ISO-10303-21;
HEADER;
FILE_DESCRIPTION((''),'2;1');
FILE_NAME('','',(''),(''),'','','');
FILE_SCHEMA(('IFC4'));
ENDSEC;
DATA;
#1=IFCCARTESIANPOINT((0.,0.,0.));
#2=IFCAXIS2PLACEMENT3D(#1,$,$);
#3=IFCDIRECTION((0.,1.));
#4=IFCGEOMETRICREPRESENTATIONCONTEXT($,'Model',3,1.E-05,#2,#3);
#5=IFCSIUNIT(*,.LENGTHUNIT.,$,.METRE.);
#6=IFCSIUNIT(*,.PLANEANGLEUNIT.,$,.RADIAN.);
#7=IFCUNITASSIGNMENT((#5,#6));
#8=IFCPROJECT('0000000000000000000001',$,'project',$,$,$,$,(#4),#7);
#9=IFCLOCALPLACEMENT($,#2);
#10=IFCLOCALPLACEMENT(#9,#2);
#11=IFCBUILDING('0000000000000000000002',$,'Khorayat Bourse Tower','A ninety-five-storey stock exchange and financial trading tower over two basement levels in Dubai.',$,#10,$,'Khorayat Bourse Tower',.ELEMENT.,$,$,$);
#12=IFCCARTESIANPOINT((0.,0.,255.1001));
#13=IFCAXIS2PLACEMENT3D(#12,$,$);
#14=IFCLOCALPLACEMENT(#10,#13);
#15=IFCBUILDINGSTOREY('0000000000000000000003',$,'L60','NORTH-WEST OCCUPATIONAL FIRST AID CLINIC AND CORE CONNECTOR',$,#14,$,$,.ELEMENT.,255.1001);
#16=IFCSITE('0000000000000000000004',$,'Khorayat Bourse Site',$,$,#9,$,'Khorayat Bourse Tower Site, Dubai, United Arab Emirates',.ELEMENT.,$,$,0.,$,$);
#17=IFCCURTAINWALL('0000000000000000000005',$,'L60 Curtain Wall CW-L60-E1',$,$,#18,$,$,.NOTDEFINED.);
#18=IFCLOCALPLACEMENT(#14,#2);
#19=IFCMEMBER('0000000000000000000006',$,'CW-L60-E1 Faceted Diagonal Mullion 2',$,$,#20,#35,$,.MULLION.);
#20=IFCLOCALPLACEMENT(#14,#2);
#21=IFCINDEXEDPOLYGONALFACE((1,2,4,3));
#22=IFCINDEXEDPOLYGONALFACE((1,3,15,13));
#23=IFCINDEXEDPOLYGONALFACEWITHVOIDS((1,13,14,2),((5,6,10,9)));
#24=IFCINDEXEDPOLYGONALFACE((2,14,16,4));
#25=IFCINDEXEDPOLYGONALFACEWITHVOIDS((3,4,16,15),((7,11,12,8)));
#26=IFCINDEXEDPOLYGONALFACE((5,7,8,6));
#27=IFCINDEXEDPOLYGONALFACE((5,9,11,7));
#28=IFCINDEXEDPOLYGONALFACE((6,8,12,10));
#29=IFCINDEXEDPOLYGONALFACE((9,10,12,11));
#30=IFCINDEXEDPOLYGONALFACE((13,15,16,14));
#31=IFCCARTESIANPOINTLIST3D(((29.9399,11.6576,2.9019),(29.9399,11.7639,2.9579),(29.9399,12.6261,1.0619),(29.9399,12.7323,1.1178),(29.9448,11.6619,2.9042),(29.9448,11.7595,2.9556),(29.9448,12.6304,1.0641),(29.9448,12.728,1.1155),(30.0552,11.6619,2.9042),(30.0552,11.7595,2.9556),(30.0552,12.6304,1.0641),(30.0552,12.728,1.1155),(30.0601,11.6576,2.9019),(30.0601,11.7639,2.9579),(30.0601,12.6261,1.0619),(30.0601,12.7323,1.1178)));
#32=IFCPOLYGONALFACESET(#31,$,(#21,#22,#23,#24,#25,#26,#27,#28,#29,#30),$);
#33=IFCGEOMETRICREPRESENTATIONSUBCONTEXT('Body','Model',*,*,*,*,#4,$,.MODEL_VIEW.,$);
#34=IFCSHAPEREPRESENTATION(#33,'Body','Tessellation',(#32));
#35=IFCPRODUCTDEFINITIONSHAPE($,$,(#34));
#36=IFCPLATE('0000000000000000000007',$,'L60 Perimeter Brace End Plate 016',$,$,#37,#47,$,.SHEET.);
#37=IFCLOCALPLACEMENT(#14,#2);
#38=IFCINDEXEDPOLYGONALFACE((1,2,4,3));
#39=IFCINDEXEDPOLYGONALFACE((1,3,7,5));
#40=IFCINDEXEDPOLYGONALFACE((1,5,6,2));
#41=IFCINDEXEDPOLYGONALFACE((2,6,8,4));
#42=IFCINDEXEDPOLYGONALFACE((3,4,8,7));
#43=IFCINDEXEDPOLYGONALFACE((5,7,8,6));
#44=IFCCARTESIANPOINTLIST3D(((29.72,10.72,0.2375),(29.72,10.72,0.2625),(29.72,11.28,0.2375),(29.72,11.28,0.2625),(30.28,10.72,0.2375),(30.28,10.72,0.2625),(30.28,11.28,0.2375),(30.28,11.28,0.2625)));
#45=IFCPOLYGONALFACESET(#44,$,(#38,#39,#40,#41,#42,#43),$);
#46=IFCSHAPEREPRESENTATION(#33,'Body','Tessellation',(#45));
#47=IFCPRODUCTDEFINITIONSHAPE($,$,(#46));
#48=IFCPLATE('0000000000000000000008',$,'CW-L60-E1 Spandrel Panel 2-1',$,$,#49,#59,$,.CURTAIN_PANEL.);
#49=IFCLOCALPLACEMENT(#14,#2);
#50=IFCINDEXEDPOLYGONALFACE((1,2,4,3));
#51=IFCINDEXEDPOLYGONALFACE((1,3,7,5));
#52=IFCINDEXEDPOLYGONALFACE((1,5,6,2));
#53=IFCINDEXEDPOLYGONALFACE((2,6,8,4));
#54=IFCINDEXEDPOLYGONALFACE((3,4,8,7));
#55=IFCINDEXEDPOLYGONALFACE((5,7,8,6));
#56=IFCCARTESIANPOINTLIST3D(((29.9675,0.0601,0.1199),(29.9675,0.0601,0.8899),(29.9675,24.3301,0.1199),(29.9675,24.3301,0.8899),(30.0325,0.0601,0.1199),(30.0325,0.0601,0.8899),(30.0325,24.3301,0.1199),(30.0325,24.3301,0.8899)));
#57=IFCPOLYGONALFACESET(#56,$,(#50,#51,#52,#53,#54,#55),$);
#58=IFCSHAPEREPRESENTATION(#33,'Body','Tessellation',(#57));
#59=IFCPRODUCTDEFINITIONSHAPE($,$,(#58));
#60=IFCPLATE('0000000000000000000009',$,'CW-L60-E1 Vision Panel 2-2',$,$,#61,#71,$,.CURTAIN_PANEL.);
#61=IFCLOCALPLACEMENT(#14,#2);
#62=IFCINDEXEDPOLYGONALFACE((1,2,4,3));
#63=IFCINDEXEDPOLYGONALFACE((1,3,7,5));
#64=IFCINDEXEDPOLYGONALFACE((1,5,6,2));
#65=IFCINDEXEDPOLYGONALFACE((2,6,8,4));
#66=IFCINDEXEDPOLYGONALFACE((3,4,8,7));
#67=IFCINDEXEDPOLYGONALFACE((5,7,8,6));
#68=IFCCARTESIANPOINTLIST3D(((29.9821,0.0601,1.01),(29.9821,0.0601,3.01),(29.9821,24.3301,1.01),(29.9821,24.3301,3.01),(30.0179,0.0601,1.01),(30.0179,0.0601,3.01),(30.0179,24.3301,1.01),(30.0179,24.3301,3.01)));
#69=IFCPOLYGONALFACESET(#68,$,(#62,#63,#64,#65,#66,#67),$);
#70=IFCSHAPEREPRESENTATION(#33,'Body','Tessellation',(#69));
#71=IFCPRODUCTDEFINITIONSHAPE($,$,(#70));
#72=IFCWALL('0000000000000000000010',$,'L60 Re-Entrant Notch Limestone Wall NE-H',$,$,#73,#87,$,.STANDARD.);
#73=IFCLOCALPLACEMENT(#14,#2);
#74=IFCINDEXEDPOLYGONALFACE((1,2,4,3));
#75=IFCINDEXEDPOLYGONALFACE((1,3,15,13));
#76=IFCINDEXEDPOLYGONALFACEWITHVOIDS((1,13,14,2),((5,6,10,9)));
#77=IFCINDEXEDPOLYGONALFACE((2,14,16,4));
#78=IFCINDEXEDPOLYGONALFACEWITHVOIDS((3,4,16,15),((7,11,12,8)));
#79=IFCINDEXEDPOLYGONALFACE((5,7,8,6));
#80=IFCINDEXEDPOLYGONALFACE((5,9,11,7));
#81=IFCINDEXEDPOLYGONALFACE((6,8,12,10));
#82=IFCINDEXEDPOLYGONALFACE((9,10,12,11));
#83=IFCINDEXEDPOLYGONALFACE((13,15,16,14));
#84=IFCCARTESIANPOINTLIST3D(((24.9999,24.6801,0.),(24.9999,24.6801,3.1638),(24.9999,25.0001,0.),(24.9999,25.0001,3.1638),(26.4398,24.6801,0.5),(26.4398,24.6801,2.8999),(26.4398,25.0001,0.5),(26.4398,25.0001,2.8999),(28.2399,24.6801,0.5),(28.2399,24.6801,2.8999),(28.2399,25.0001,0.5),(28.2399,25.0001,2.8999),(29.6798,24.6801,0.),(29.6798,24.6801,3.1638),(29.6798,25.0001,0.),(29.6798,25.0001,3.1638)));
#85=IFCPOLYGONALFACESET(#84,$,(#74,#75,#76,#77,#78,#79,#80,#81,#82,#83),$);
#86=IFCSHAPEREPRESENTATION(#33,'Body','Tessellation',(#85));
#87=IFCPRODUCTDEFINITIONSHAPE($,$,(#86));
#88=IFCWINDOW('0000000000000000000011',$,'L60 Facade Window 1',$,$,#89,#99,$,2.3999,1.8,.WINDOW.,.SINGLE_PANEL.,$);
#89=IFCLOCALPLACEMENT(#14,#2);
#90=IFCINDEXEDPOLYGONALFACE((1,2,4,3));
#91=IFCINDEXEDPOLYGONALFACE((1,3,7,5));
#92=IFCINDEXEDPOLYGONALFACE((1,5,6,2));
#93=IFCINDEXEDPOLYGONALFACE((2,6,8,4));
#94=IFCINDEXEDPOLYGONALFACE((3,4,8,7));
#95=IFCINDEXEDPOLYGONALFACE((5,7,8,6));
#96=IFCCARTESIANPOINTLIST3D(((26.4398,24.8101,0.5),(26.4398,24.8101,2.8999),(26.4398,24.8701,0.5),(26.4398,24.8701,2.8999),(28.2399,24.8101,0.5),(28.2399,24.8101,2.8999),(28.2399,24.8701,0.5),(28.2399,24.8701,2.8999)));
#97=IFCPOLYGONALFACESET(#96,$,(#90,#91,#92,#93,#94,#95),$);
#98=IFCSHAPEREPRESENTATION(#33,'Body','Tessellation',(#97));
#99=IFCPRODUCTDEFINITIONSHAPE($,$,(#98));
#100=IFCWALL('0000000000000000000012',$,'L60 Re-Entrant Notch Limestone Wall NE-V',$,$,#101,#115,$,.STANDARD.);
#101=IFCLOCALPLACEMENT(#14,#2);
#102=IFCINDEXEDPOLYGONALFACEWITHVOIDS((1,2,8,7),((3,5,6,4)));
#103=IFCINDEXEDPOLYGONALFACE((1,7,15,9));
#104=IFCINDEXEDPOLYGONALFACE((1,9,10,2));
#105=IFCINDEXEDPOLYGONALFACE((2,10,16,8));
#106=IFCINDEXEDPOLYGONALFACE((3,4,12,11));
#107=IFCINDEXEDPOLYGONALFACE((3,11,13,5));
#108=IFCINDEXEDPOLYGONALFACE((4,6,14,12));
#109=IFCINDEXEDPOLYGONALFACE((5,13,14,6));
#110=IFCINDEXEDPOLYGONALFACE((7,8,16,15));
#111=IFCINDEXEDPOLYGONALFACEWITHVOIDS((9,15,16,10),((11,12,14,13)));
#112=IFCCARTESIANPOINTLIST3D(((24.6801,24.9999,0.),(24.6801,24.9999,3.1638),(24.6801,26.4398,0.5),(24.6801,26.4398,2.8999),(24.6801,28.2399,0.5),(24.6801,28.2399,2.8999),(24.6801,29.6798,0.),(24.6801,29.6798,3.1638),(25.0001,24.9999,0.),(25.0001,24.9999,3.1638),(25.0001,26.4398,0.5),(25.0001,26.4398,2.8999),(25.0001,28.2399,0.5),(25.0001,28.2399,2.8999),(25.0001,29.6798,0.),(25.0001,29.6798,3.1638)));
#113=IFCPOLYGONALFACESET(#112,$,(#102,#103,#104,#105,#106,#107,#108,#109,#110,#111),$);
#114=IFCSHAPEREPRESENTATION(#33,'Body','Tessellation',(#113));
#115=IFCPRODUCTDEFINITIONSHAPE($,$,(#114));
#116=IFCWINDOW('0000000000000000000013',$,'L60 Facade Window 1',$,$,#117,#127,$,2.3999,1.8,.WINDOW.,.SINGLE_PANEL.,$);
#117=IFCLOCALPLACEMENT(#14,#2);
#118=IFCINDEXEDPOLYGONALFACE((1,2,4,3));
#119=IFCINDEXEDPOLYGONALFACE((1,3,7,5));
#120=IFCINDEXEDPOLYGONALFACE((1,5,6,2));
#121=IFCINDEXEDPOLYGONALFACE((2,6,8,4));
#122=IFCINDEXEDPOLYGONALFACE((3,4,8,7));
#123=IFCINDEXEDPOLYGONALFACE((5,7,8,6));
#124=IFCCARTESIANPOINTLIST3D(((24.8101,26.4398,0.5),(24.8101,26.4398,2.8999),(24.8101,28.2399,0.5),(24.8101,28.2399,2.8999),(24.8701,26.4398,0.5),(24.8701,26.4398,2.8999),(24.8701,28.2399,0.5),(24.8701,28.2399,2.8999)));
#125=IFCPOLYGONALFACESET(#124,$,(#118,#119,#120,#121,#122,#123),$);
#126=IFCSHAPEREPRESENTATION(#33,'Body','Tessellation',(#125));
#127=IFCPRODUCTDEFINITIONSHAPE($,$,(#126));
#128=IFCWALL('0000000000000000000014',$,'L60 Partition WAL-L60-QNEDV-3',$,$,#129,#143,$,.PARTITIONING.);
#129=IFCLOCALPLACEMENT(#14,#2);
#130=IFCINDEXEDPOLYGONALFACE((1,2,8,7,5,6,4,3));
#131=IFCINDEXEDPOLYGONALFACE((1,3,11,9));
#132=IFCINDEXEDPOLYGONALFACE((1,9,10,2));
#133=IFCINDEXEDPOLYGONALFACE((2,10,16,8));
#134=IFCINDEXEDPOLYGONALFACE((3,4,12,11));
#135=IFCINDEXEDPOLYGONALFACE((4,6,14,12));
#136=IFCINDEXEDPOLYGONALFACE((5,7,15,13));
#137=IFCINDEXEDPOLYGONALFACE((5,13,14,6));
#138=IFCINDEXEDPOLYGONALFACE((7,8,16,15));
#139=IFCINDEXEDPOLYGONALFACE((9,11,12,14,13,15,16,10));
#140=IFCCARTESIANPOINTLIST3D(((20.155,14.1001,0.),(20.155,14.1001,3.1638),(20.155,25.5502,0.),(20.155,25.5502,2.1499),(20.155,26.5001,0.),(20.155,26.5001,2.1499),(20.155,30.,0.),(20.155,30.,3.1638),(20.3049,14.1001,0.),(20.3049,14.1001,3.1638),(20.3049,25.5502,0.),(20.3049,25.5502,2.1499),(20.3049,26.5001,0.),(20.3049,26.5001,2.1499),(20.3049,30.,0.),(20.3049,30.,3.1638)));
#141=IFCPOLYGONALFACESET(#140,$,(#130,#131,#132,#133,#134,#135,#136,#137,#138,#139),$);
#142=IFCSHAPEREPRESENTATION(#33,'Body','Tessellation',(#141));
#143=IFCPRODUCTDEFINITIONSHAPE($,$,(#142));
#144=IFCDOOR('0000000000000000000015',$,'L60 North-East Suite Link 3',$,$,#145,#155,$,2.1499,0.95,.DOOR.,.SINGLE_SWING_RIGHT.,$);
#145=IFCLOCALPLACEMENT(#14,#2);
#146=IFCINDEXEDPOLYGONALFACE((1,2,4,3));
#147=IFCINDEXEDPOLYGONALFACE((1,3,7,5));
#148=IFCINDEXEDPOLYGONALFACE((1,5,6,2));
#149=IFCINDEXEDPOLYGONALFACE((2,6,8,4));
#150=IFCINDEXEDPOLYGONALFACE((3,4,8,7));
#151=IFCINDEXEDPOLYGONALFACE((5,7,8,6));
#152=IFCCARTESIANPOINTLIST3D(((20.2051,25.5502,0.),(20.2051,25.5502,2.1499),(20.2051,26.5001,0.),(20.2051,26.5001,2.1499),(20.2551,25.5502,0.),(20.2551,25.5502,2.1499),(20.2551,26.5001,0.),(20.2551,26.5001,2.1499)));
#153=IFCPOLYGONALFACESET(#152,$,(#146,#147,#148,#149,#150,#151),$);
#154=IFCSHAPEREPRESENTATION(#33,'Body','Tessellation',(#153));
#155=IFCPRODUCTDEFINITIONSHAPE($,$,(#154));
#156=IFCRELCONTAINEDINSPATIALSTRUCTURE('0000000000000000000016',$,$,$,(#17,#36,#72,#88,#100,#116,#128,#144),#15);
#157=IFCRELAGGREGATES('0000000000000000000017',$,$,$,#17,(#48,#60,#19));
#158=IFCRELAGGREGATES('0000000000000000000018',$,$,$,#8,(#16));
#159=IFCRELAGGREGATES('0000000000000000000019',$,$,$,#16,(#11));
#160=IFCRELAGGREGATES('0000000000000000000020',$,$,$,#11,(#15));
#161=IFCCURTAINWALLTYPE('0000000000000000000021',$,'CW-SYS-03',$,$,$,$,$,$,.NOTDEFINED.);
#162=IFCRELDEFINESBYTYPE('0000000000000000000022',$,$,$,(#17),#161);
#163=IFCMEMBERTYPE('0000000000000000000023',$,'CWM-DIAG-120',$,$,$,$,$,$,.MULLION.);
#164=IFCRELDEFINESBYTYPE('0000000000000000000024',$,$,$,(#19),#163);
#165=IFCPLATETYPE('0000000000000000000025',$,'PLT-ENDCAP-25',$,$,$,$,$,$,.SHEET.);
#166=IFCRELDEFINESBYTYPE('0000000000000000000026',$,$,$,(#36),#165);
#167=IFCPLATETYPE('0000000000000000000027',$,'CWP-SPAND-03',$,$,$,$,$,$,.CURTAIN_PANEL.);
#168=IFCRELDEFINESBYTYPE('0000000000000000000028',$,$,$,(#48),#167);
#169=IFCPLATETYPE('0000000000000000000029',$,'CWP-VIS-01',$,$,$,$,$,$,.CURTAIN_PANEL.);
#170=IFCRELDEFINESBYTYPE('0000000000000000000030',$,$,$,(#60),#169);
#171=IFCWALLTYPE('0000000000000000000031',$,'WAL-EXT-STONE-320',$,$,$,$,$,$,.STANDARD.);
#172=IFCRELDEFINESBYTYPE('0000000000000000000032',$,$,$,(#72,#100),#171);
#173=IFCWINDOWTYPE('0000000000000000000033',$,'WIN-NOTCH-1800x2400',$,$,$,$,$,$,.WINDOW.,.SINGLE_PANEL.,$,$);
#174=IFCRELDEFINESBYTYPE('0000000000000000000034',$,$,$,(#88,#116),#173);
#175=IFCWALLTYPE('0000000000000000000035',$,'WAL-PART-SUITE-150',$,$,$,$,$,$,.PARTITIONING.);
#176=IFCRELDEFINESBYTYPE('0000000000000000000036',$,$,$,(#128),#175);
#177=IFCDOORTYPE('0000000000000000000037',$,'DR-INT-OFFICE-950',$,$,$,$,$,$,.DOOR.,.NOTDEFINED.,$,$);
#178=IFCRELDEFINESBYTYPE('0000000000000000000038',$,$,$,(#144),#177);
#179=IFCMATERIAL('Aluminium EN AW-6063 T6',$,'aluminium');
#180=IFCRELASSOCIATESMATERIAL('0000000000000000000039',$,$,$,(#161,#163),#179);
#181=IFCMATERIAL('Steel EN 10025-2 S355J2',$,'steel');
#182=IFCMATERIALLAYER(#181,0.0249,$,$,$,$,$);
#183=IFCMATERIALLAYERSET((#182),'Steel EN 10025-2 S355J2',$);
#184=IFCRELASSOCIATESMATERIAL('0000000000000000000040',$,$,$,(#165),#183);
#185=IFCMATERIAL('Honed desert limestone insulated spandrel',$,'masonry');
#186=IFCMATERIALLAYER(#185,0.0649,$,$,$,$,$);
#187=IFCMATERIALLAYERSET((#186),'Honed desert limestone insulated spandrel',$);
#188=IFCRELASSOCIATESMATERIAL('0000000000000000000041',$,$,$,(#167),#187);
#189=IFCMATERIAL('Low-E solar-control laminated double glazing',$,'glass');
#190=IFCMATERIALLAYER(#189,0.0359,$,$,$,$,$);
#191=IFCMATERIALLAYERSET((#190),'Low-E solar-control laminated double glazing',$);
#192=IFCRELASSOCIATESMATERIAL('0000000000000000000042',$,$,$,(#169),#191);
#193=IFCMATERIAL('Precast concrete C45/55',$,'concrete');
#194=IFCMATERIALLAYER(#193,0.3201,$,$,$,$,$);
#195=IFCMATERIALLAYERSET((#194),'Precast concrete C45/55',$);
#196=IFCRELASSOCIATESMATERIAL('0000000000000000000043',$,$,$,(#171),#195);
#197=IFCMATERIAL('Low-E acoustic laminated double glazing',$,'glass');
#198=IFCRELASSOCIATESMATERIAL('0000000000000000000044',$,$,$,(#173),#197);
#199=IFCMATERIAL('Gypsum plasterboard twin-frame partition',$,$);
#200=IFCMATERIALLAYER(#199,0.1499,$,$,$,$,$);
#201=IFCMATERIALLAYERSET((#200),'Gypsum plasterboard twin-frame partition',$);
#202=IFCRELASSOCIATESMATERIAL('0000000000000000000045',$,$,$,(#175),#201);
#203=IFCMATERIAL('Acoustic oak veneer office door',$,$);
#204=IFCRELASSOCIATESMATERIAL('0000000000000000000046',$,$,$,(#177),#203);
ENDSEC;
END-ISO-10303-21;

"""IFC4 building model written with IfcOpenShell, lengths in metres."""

from ifc_helpers import new_model, si_unit, direction, frame, frame_2d, origin, origin_2d, place, context, subcontext, project, spatial, rectangle, hollow_rectangle, extrude, source, transform, mapped, material, layer, layer_set, material_profile, profile_set, type_object, element, fill, aggregate, save


model = new_model("IFC4")

# Units and contexts
model_context = context("Model", 3, precision=1e-05, world=origin(), true_north=direction((0.0, 1.0)))
body_context = subcontext(model_context, "Body", "Model", "MODEL_VIEW")
ifc_project = project(units=[si_unit("LENGTHUNIT", "METRE"), si_unit("PLANEANGLEUNIT", "RADIAN")], contexts=[model_context])

# Site, building, storey
site_placement = place(None, origin())
site = spatial("IfcSite", under=ifc_project, at=site_placement, Name="Khorayat Bourse Site", LongName="Khorayat Bourse Tower Site, Dubai, United Arab Emirates", CompositionType="ELEMENT", RefElevation=0.0)
building_placement = place(site_placement, origin())
building = spatial("IfcBuilding", under=site, at=building_placement, Name="Khorayat Bourse Tower", Description="A ninety-five-storey stock exchange and financial trading tower over two basement levels in Dubai.", LongName="Khorayat Bourse Tower", CompositionType="ELEMENT")
storey_placement = place(building_placement, frame((0.0, 0.0, 255.1001)))
storey = spatial("IfcBuildingStorey", under=building, at=storey_placement, Name="L60", Description="NORTH-WEST OCCUPATIONAL FIRST AID CLINIC AND CORE CONNECTOR", CompositionType="ELEMENT", Elevation=255.1001)

# Shared definitions
ifc_material_1 = material(Name="Aluminium EN AW-6063 T6", Category="aluminium")
curtain_wall_type = type_object("IfcCurtainWallType", Name="CW-SYS-03", PredefinedType="NOTDEFINED", material=ifc_material_1)

# Curtain wall, member
curtain_wall_1_placement = place(storey_placement, origin())
curtain_wall_1 = element("IfcCurtainWall", 1, at=curtain_wall_1_placement, inside=storey, type_object=curtain_wall_type, Name="L60 Curtain Wall CW-L60-E1", PredefinedType="NOTDEFINED")
ifc_material_profile_1 = material_profile(ifc_material_1, hollow_rectangle(XDim=0.1201, YDim=0.1201, WallThickness=0.0049, at=origin_2d()), Name="ALU 120x120x5")
ifc_profile_set_1 = profile_set([ifc_material_profile_1], Name="Aluminium EN AW-6063 T6")
member_type_1 = type_object("IfcMemberType", Name="CWM-DIAG-120", PredefinedType="MULLION", material=ifc_profile_set_1)
shared_shape_1 = source(origin(), body_context, "Body", "SweptSolid", [
    extrude(hollow_rectangle(XDim=0.1201, YDim=0.1201, WallThickness=0.0049, at=origin_2d()), origin(), (0.0, 0.0, 1.0), 2.0793),
])
member_1_placement = place(storey_placement, frame((30.0, 12.6792, 1.0898), z_axis=(0.0, -0.465761, 0.884911), x_axis=(1.0, 0.0, 0.0)))
member_1 = element("IfcMember", 2, at=member_1_placement, type_object=member_type_1, Name="CW-L60-E1 Faceted Diagonal Mullion 2", PredefinedType="MULLION", context=body_context, shape_type="MappedRepresentation", body=[
    mapped(shared_shape_1, transform((0.0, 0.0, 0.0), scale=1.0)),
])

# Plates
ifc_material_2 = material(Name="Steel EN 10025-2 S355J2", Category="steel")
ifc_layer_1 = layer(ifc_material_2, 0.0249)
ifc_layer_set_1 = layer_set([ifc_layer_1], Name="Steel EN 10025-2 S355J2")
plate_type_1 = type_object("IfcPlateType", Name="PLT-ENDCAP-25", PredefinedType="SHEET", material=ifc_layer_set_1)
shared_shape_2 = source(origin(), body_context, "Body", "SweptSolid", [
    extrude(rectangle(XDim=0.5601, YDim=0.5601, at=origin_2d()), origin(), (0.0, 0.0, 1.0), 0.0249),
])
plate_1_placement = place(storey_placement, frame((30.0, 11.0, 0.2375), z_axis=(0.0, 0.0, 1.0), x_axis=(1.0, 0.0, 0.0)))
element("IfcPlate", 3, at=plate_1_placement, inside=storey, type_object=plate_type_1, Name="L60 Perimeter Brace End Plate 016", PredefinedType="SHEET", context=body_context, shape_type="MappedRepresentation", body=[
    mapped(shared_shape_2, transform((0.0, 0.0, 0.0), scale=1.0)),
])
ifc_material_3 = material(Name="Honed desert limestone insulated spandrel", Category="masonry")
ifc_layer_2 = layer(ifc_material_3, 0.0649)
ifc_layer_set_2 = layer_set([ifc_layer_2], Name="Honed desert limestone insulated spandrel")
plate_type_2 = type_object("IfcPlateType", Name="CWP-SPAND-03", PredefinedType="CURTAIN_PANEL", material=ifc_layer_set_2)
shared_shape_3 = source(origin(), body_context, "Body", "SweptSolid", [
    extrude(rectangle(XDim=24.27, YDim=0.0649, at=origin_2d()), origin(), (0.0, 0.0, 1.0), 0.77),
])
plate_2_placement = place(storey_placement, frame((30.0, 12.1951, 0.1199), z_axis=(0.0, 0.0, 1.0), x_axis=(0.0, 1.0, 0.0)))
plate_2 = element("IfcPlate", 4, at=plate_2_placement, type_object=plate_type_2, Name="CW-L60-E1 Spandrel Panel 2-1", PredefinedType="CURTAIN_PANEL", context=body_context, shape_type="MappedRepresentation", body=[
    mapped(shared_shape_3, transform((0.0, 0.0, 0.0), scale=1.0)),
])
ifc_material_4 = material(Name="Low-E solar-control laminated double glazing", Category="glass")
ifc_layer_3 = layer(ifc_material_4, 0.0359)
ifc_layer_set_3 = layer_set([ifc_layer_3], Name="Low-E solar-control laminated double glazing")
plate_type_3 = type_object("IfcPlateType", Name="CWP-VIS-01", PredefinedType="CURTAIN_PANEL", material=ifc_layer_set_3)
shared_shape_4 = source(origin(), body_context, "Body", "SweptSolid", [
    extrude(rectangle(XDim=24.27, YDim=0.0359, at=origin_2d()), origin(), (0.0, 0.0, 1.0), 2.0),
])
plate_3_placement = place(storey_placement, frame((30.0, 12.1951, 1.01), z_axis=(0.0, 0.0, 1.0), x_axis=(0.0, 1.0, 0.0)))
plate_3 = element("IfcPlate", 5, at=plate_3_placement, type_object=plate_type_3, Name="CW-L60-E1 Vision Panel 2-2", PredefinedType="CURTAIN_PANEL", context=body_context, shape_type="MappedRepresentation", body=[
    mapped(shared_shape_4, transform((0.0, 0.0, 0.0), scale=1.0)),
])
aggregate(curtain_wall_1, [plate_2, plate_3, member_1])

# Walls, openings, windows
ifc_material_5 = material(Name="Precast concrete C45/55", Category="concrete")
ifc_layer_4 = layer(ifc_material_5, 0.3201)
ifc_layer_set_4 = layer_set([ifc_layer_4], Name="Precast concrete C45/55")
wall_type_1 = type_object("IfcWallType", Name="WAL-EXT-STONE-320", PredefinedType="STANDARD", material=ifc_layer_set_4)
shared_shape_5 = source(origin(), body_context, "Body", "SweptSolid", [
    extrude(rectangle(XDim=4.6799, YDim=0.3201, at=frame_2d((2.3398, 0.0))), origin(), (0.0, 0.0, 1.0), 3.1638),
])
wall_1_placement = place(storey_placement, frame((25.0, 24.8401, 0.0), z_axis=(0.0, 0.0, 1.0), x_axis=(1.0, 0.0, 0.0)))
wall_1 = element("IfcWall", 6, at=wall_1_placement, inside=storey, type_object=wall_type_1, Name="L60 Re-Entrant Notch Limestone Wall NE-H", PredefinedType="STANDARD", context=body_context, shape_type="MappedRepresentation", body=[
    mapped(shared_shape_5, transform((0.0, 0.0, 0.0), scale=1.0)),
])
shared_shape_6 = source(origin(), body_context, "Body", "SweptSolid", [
    extrude(rectangle(XDim=1.8, YDim=2.3999, at=frame_2d((0.8999, 1.2))), frame((0.0, 0.1699, 0.0), z_axis=(0.0, -1.0, 0.0), x_axis=(1.0, 0.0, 0.0)), (0.0, 0.0, 1.0), 0.3401),
])
opening_1_placement = place(wall_1_placement, frame((1.4399, 0.0, 0.5)))
opening_1 = element("IfcOpeningElement", 7, at=opening_1_placement, cuts=wall_1, PredefinedType="OPENING", context=body_context, shape_type="MappedRepresentation", body=[
    mapped(shared_shape_6, transform((0.0, 0.0, 0.0), scale=1.0)),
])
ifc_material_6 = material(Name="Low-E acoustic laminated double glazing", Category="glass")
window_type = type_object("IfcWindowType", Name="WIN-NOTCH-1800x2400", PartitioningType="SINGLE_PANEL", PredefinedType="WINDOW", material=ifc_material_6)
shared_shape_7 = source(origin(), body_context, "Body", "SweptSolid", [
    extrude(rectangle(XDim=1.8, YDim=2.3999, at=frame_2d((0.8999, 1.2))), frame((0.0, 0.03, 0.0), z_axis=(0.0, -1.0, 0.0), x_axis=(1.0, 0.0, 0.0)), (0.0, 0.0, 1.0), 0.0601),
])
window_1_placement = place(opening_1_placement, origin())
window_1 = element("IfcWindow", 8, at=window_1_placement, inside=storey, type_object=window_type, Name="L60 Facade Window 1", OverallHeight=2.3999, OverallWidth=1.8, PartitioningType="SINGLE_PANEL", PredefinedType="WINDOW", context=body_context, shape_type="MappedRepresentation", body=[
    mapped(shared_shape_7, transform((0.0, 0.0, 0.0), scale=1.0)),
])
fill(opening_1, window_1)
wall_2_placement = place(storey_placement, frame((24.8401, 25.0, 0.0), z_axis=(0.0, 0.0, 1.0), x_axis=(0.0, 1.0, 0.0)))
wall_2 = element("IfcWall", 9, at=wall_2_placement, inside=storey, type_object=wall_type_1, Name="L60 Re-Entrant Notch Limestone Wall NE-V", PredefinedType="STANDARD", context=body_context, shape_type="MappedRepresentation", body=[
    mapped(shared_shape_5, transform((0.0, 0.0, 0.0), scale=1.0)),
])
opening_2_placement = place(wall_2_placement, frame((1.4399, 0.0, 0.5)))
opening_2 = element("IfcOpeningElement", 10, at=opening_2_placement, cuts=wall_2, PredefinedType="OPENING", context=body_context, shape_type="MappedRepresentation", body=[
    mapped(shared_shape_6, transform((0.0, 0.0, 0.0), scale=1.0)),
])
window_2_placement = place(opening_2_placement, origin())
window_2 = element("IfcWindow", 11, at=window_2_placement, inside=storey, type_object=window_type, Name="L60 Facade Window 1", OverallHeight=2.3999, OverallWidth=1.8, PartitioningType="SINGLE_PANEL", PredefinedType="WINDOW", context=body_context, shape_type="MappedRepresentation", body=[
    mapped(shared_shape_7, transform((0.0, 0.0, 0.0), scale=1.0)),
])
fill(opening_2, window_2)

# Wall, opening, door
ifc_material_7 = material(Name="Gypsum plasterboard twin-frame partition")
ifc_layer_5 = layer(ifc_material_7, 0.1499)
ifc_layer_set_5 = layer_set([ifc_layer_5], Name="Gypsum plasterboard twin-frame partition")
wall_type_2 = type_object("IfcWallType", Name="WAL-PART-SUITE-150", PredefinedType="PARTITIONING", material=ifc_layer_set_5)
shared_shape_8 = source(origin(), body_context, "Body", "SweptSolid", [
    extrude(rectangle(XDim=15.8999, YDim=0.1499, at=frame_2d((7.95, 0.0))), origin(), (0.0, 0.0, 1.0), 3.1638),
])
wall_3_placement = place(storey_placement, frame((20.23, 14.1001, 0.0), z_axis=(0.0, 0.0, 1.0), x_axis=(0.0, 1.0, 0.0)))
wall_3 = element("IfcWall", 12, at=wall_3_placement, inside=storey, type_object=wall_type_2, Name="L60 Partition WAL-L60-QNEDV-3", PredefinedType="PARTITIONING", context=body_context, shape_type="MappedRepresentation", body=[
    mapped(shared_shape_8, transform((0.0, 0.0, 0.0), scale=1.0)),
])
shared_shape_9 = source(origin(), body_context, "Body", "SweptSolid", [
    extrude(rectangle(XDim=0.95, YDim=2.1499, at=frame_2d((0.4751, 1.075))), frame((0.0, 0.085, 0.0), z_axis=(0.0, -1.0, 0.0), x_axis=(1.0, 0.0, 0.0)), (0.0, 0.0, 1.0), 0.1699),
])
opening_3_placement = place(wall_3_placement, frame((11.45, 0.0, 0.0)))
opening_3 = element("IfcOpeningElement", 13, at=opening_3_placement, cuts=wall_3, PredefinedType="OPENING", context=body_context, shape_type="MappedRepresentation", body=[
    mapped(shared_shape_9, transform((0.0, 0.0, 0.0), scale=1.0)),
])
ifc_material_8 = material(Name="Acoustic oak veneer office door")
door_type = type_object("IfcDoorType", Name="DR-INT-OFFICE-950", OperationType="NOTDEFINED", PredefinedType="DOOR", material=ifc_material_8)
shared_shape_10 = source(origin(), body_context, "Body", "SweptSolid", [
    extrude(rectangle(XDim=0.95, YDim=2.1499, at=frame_2d((0.4751, 1.075))), frame((0.0, 0.0249, 0.0), z_axis=(0.0, -1.0, 0.0), x_axis=(1.0, 0.0, 0.0)), (0.0, 0.0, 1.0), 0.05),
])
door_1_placement = place(opening_3_placement, origin())
door_1 = element("IfcDoor", 14, at=door_1_placement, inside=storey, type_object=door_type, Name="L60 North-East Suite Link 3", OperationType="SINGLE_SWING_RIGHT", OverallHeight=2.1499, OverallWidth=0.95, PredefinedType="DOOR", context=body_context, shape_type="MappedRepresentation", body=[
    mapped(shared_shape_10, transform((0.0, 0.0, 0.0), scale=1.0)),
])
fill(opening_3, door_1)

save(model, "model.ifc")
